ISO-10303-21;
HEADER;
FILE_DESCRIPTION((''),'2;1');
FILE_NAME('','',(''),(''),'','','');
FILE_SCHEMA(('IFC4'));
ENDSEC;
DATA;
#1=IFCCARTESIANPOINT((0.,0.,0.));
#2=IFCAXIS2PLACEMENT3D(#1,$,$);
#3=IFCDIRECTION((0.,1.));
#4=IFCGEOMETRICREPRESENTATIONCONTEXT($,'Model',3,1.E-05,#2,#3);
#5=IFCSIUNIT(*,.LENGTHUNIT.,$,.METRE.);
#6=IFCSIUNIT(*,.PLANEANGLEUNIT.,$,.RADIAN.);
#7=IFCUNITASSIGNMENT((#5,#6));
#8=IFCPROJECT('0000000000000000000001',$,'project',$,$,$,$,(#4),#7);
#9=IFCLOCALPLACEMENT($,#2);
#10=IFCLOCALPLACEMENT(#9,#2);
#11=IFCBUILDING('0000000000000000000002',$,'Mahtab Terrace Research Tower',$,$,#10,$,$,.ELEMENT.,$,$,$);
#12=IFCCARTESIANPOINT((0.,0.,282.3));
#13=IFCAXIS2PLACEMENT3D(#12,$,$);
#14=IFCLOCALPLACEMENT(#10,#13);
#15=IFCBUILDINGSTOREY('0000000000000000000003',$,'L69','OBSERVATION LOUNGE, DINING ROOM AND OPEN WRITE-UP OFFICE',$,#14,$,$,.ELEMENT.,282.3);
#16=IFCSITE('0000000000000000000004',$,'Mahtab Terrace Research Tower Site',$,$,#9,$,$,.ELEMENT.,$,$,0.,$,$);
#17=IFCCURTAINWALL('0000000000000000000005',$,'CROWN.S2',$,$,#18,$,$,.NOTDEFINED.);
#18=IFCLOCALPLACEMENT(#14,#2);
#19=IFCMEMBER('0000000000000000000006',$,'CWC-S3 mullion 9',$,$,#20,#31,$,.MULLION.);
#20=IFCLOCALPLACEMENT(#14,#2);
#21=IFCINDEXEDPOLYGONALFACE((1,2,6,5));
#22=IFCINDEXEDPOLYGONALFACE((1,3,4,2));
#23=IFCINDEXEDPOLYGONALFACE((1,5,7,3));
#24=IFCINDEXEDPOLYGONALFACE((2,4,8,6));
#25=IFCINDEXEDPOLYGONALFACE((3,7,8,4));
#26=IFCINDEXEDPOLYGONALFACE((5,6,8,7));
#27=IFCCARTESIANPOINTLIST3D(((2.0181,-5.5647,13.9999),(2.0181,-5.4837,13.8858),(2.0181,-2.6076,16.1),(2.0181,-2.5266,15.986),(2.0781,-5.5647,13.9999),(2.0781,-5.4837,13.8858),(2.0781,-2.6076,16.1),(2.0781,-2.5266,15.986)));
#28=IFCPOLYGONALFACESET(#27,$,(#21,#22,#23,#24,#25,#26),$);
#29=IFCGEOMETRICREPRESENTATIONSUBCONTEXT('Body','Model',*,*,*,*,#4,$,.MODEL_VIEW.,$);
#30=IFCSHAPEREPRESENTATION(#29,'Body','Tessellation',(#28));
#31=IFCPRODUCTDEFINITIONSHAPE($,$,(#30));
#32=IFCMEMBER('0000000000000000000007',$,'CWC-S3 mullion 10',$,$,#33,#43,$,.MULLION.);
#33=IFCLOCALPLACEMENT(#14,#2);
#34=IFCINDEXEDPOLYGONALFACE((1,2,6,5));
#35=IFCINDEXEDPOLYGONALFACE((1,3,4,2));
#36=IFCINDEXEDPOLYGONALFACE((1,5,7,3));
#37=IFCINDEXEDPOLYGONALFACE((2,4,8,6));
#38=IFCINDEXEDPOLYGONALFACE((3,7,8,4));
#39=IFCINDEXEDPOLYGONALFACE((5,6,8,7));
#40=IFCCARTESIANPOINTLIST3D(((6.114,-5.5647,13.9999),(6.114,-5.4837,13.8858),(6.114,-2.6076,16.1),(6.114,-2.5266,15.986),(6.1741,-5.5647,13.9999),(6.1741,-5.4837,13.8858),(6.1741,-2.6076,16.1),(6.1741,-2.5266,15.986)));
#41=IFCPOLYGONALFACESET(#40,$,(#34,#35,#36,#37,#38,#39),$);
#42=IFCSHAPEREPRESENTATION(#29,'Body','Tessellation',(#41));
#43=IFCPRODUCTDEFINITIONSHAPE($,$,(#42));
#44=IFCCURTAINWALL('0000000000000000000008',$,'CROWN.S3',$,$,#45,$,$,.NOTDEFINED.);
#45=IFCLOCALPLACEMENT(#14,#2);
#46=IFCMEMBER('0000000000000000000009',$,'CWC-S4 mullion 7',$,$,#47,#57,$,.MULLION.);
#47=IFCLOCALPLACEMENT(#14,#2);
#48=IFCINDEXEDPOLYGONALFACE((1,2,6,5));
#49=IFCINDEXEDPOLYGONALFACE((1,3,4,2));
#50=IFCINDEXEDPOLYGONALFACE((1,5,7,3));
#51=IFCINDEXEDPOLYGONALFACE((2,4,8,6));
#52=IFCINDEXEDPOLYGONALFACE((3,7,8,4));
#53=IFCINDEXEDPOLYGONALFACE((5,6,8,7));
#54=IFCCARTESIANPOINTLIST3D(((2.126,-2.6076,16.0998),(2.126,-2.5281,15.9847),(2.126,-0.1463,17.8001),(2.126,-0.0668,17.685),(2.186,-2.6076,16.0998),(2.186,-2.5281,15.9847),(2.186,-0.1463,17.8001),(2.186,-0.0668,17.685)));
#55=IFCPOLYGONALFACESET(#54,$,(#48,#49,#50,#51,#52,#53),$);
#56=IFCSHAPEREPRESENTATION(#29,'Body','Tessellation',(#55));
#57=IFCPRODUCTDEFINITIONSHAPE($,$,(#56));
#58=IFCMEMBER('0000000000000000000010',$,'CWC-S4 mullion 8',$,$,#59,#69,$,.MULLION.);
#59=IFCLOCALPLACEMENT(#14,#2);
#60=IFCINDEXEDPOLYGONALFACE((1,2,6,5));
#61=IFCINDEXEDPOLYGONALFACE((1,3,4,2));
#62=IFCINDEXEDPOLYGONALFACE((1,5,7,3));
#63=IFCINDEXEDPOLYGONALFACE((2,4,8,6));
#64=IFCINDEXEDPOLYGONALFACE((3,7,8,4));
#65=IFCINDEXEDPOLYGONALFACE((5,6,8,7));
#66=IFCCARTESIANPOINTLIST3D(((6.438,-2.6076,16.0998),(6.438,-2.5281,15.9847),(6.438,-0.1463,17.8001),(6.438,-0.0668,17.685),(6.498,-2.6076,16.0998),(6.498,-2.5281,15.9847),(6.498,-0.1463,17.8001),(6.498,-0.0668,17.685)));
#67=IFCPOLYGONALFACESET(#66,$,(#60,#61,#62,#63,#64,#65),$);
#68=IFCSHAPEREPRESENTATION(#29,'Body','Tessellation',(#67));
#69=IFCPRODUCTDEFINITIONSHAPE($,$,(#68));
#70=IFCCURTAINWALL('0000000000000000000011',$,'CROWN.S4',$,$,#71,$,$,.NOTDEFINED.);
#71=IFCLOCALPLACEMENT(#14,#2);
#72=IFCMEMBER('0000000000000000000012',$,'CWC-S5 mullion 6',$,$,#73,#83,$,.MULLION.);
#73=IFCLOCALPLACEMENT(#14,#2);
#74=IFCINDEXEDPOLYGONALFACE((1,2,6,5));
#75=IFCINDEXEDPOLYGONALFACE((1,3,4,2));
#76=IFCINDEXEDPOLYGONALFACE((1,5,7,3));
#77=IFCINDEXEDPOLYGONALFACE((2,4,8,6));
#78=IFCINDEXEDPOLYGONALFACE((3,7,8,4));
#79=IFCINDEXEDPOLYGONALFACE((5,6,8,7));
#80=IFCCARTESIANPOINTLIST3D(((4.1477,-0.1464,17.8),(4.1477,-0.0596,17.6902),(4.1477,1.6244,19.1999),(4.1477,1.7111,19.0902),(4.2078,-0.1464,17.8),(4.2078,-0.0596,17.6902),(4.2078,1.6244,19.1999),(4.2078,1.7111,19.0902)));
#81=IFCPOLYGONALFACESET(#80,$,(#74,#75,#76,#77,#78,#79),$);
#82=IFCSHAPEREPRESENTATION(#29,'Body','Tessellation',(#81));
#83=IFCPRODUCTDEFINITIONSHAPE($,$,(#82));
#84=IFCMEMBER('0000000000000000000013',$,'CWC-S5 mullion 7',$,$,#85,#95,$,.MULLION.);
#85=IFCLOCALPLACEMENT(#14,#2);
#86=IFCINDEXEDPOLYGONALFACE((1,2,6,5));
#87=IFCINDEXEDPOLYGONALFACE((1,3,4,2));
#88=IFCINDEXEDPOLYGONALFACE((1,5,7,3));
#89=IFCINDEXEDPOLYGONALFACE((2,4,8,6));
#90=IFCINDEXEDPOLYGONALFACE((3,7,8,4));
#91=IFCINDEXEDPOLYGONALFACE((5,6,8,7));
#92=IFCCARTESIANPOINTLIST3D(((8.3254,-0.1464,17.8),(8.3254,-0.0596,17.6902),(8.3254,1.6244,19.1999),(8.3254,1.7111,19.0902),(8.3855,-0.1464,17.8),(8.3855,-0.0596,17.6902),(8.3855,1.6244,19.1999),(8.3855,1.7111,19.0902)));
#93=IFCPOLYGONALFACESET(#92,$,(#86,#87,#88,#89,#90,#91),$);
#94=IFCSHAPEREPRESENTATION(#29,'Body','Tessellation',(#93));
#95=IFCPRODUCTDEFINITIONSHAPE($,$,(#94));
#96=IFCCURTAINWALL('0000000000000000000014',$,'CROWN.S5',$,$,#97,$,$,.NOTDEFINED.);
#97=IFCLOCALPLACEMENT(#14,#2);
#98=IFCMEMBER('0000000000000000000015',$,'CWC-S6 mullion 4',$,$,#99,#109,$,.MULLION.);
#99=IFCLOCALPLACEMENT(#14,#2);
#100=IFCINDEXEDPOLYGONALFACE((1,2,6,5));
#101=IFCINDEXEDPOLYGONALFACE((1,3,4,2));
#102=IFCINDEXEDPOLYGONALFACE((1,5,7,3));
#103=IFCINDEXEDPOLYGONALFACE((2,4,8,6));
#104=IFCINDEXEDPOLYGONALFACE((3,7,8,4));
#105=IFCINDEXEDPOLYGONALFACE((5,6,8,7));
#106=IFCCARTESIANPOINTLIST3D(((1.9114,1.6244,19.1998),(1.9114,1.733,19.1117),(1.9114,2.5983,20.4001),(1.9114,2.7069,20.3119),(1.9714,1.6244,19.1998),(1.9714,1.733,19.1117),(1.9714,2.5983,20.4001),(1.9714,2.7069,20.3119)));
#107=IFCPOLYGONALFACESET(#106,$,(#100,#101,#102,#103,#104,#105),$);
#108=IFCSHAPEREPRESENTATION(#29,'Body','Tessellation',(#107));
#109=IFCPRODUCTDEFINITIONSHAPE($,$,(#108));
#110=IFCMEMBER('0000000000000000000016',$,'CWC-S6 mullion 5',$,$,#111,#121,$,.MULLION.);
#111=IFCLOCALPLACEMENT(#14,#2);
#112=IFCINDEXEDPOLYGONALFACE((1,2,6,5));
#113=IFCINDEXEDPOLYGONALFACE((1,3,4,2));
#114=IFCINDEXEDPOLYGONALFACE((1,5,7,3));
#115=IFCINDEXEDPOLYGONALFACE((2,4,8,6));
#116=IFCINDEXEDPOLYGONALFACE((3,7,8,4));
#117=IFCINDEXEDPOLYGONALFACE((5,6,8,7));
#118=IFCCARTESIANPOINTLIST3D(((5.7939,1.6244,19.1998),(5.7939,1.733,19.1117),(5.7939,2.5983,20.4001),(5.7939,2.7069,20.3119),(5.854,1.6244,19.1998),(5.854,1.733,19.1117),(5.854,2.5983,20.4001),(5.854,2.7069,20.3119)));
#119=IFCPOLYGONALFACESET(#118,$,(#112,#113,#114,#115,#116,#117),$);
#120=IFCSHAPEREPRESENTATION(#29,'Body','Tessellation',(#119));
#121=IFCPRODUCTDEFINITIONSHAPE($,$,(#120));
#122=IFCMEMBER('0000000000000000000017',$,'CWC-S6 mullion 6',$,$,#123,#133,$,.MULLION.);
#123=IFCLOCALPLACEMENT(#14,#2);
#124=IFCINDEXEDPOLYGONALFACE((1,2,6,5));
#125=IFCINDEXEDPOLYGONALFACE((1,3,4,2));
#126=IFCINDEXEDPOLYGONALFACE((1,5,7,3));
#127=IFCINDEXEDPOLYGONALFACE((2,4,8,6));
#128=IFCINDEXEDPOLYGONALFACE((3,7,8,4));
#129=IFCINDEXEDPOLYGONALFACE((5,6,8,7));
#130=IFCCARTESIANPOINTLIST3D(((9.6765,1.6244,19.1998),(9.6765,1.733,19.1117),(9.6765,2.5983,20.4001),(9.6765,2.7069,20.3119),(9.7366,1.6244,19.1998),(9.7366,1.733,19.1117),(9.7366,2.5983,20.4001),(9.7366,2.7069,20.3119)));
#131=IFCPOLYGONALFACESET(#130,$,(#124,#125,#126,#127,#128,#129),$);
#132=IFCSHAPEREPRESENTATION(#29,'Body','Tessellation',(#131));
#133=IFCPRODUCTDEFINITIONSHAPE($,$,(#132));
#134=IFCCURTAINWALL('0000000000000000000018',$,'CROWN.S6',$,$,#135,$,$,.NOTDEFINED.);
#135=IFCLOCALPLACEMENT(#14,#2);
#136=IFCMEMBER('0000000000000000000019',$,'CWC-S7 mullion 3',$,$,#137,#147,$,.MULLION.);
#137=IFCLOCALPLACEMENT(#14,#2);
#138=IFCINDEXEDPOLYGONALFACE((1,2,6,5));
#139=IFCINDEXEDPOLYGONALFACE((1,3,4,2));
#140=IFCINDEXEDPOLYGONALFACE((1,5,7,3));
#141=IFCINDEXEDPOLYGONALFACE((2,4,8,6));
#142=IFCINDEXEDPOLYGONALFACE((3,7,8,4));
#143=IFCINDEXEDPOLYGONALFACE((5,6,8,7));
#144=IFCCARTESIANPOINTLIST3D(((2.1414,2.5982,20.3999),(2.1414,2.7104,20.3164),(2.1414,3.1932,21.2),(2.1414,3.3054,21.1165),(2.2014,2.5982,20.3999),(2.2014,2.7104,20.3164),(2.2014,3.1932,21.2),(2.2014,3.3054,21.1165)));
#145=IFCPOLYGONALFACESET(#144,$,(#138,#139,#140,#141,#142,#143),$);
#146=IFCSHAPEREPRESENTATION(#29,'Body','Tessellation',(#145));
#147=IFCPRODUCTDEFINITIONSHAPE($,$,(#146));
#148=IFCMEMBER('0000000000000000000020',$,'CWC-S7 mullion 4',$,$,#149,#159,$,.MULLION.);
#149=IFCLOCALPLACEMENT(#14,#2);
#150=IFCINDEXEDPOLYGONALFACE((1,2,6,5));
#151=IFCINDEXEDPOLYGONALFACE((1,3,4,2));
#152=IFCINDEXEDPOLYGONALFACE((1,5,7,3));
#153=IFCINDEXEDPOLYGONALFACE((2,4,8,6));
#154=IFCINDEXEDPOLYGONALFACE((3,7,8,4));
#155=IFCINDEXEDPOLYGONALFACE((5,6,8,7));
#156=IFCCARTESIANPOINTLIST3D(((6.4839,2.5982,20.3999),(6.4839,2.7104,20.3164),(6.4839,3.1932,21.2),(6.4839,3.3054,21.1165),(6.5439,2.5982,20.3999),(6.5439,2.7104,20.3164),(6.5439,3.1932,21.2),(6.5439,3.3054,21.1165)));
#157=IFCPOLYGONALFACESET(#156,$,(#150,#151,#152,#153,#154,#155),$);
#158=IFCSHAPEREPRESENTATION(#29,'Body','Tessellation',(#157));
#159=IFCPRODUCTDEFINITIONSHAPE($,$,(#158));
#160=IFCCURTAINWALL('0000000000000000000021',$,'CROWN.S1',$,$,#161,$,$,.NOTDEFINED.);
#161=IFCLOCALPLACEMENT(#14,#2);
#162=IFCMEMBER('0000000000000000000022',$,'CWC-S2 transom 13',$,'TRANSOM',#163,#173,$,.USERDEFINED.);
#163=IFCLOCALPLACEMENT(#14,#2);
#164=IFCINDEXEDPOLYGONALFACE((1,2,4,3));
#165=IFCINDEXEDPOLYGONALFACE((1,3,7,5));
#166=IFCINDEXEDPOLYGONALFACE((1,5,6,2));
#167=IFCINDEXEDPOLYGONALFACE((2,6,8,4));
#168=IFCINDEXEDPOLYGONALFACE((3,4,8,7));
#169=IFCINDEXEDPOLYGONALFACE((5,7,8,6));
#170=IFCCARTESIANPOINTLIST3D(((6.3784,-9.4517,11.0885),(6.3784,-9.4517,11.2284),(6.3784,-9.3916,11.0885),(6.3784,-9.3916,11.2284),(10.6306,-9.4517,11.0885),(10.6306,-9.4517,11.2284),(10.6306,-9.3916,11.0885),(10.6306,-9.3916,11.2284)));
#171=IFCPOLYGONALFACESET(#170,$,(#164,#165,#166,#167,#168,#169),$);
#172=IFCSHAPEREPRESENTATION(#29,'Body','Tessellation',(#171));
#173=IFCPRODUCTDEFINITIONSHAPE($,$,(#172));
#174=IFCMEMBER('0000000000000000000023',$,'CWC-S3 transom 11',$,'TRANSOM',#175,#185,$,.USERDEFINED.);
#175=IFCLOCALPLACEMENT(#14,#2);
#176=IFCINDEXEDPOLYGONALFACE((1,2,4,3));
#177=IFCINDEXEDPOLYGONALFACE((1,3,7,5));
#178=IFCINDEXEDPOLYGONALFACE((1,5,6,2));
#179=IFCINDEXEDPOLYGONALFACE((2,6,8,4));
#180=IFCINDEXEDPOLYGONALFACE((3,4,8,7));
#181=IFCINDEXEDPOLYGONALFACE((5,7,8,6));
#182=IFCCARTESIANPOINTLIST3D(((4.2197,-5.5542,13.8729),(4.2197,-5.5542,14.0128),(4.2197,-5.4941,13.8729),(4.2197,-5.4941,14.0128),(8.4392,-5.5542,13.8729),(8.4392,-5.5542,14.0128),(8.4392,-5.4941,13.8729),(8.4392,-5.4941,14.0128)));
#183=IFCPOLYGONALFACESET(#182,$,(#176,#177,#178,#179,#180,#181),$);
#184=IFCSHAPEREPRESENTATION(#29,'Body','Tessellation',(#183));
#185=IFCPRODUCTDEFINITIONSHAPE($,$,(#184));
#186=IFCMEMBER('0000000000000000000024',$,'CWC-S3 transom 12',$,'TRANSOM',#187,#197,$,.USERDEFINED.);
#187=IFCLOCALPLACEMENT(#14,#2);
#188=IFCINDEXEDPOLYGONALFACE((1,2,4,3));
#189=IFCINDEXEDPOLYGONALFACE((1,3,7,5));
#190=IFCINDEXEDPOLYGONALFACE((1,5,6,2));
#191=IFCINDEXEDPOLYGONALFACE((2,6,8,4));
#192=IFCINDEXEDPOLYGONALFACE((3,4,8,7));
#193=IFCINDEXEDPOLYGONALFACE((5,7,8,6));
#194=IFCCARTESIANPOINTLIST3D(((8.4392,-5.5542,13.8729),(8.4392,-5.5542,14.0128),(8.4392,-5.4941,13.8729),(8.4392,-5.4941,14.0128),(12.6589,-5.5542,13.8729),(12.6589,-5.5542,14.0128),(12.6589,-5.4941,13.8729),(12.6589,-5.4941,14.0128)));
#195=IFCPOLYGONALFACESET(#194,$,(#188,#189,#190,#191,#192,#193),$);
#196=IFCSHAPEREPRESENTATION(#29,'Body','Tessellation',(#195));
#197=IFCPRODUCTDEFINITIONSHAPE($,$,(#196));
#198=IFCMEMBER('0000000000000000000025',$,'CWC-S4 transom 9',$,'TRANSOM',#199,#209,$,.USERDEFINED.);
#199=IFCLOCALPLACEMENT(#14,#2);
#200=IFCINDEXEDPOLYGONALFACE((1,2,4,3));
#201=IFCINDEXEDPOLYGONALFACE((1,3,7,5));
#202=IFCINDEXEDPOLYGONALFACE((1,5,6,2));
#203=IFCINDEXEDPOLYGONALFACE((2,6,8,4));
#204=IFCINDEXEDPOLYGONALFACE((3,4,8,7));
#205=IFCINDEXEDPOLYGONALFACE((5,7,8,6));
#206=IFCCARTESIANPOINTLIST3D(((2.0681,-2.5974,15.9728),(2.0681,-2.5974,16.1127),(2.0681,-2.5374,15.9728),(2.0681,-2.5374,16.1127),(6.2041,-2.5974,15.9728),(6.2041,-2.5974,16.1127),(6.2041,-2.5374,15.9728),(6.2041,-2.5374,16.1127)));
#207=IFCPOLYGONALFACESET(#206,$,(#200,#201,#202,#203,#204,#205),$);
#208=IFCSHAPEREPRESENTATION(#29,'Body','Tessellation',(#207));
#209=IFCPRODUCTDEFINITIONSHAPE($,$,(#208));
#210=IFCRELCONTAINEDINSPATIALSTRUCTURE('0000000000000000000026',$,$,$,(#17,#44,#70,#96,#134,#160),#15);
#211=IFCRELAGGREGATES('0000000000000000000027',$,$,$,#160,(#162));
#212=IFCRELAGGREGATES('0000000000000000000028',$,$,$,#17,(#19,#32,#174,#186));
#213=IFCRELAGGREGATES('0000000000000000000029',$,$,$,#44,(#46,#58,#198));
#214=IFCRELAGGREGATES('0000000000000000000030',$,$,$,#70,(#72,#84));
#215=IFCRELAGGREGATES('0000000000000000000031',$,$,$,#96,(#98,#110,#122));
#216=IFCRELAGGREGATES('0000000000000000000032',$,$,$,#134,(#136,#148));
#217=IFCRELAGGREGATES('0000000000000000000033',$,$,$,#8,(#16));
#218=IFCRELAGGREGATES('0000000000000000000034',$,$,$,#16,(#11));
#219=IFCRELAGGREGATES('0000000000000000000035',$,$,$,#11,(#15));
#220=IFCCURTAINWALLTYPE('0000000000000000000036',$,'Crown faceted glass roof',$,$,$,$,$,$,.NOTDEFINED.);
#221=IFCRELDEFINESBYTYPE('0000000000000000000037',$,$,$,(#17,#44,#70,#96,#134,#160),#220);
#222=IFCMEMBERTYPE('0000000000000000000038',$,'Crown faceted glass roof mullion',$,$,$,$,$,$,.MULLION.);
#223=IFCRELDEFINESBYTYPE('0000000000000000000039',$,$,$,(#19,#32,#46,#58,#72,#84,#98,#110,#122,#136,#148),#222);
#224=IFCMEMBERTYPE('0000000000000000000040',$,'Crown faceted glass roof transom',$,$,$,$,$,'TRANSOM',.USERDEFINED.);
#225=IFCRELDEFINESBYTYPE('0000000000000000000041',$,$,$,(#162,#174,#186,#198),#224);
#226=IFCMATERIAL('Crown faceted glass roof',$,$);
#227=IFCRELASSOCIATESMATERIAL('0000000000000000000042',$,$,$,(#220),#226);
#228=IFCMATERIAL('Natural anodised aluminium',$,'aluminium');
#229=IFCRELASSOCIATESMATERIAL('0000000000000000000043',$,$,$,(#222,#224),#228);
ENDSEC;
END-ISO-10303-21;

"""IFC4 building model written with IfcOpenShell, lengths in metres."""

from ifc_helpers import new_model, si_unit, direction, frame, origin, origin_2d, place, context, subcontext, project, spatial, rectangle, extrude, material, material_profile, profile_set, type_object, element, aggregate, save


model = new_model("IFC4")

# Units and contexts
model_context = context("Model", 3, precision=1e-05, world=origin(), true_north=direction((0.0, 1.0)))
body_context = subcontext(model_context, "Body", "Model", "MODEL_VIEW")
ifc_project = project(units=[si_unit("LENGTHUNIT", "METRE"), si_unit("PLANEANGLEUNIT", "RADIAN")], contexts=[model_context])

# Site, building, storey
site_placement = place(None, origin())
site = spatial("IfcSite", under=ifc_project, at=site_placement, Name="Mahtab Terrace Research Tower Site", CompositionType="ELEMENT", RefElevation=0.0)
building_placement = place(site_placement, origin())
building = spatial("IfcBuilding", under=site, at=building_placement, Name="Mahtab Terrace Research Tower", CompositionType="ELEMENT")
storey_placement = place(building_placement, frame((0.0, 0.0, 282.3)))
storey = spatial("IfcBuildingStorey", under=building, at=storey_placement, Name="L69", Description="OBSERVATION LOUNGE, DINING ROOM AND OPEN WRITE-UP OFFICE", CompositionType="ELEMENT", Elevation=282.3)

# Curtain walls, members
ifc_material_1 = material(Name="Crown faceted glass roof")
curtain_wall_type = type_object("IfcCurtainWallType", Name="Crown faceted glass roof", PredefinedType="NOTDEFINED", material=ifc_material_1)
curtain_wall_1_placement = place(storey_placement, origin())
curtain_wall_1 = element("IfcCurtainWall", 1, at=curtain_wall_1_placement, inside=storey, type_object=curtain_wall_type, Name="CROWN.S2", PredefinedType="NOTDEFINED")
ifc_material_2 = material(Name="Natural anodised aluminium", Category="aluminium")
ifc_material_profile_1 = material_profile(ifc_material_2, rectangle(XDim=0.0601, YDim=0.1399, at=origin_2d()), Name="MULLION 60x140")
ifc_profile_set_1 = profile_set([ifc_material_profile_1], Name="Natural anodised aluminium")
member_type_1 = type_object("IfcMemberType", Name="Crown faceted glass roof mullion", PredefinedType="MULLION", material=ifc_profile_set_1)
member_1_placement = place(storey_placement, frame((2.0481, -5.5242, 13.9429), z_axis=(0.0, 0.815304, 0.579033), x_axis=(-1.0, 0.0, 0.0)))
member_1 = element("IfcMember", 2, at=member_1_placement, type_object=member_type_1, Name="CWC-S3 mullion 9", PredefinedType="MULLION", context=body_context, shape_type="SweptSolid", body=[
    extrude(rectangle(XDim=0.0601, YDim=0.1399, at=origin_2d()), origin(), (0.0, 0.0, 1.0), 3.627),
])
member_2_placement = place(storey_placement, frame((6.144, -5.5242, 13.9429), z_axis=(0.0, 0.815304, 0.579033), x_axis=(-1.0, 0.0, 0.0)))
member_2 = element("IfcMember", 3, at=member_2_placement, type_object=member_type_1, Name="CWC-S3 mullion 10", PredefinedType="MULLION", context=body_context, shape_type="SweptSolid", body=[
    extrude(rectangle(XDim=0.0601, YDim=0.1399, at=origin_2d()), origin(), (0.0, 0.0, 1.0), 3.627),
])
curtain_wall_2_placement = place(storey_placement, origin())
curtain_wall_2 = element("IfcCurtainWall", 4, at=curtain_wall_2_placement, inside=storey, type_object=curtain_wall_type, Name="CROWN.S3", PredefinedType="NOTDEFINED")
member_3_placement = place(storey_placement, frame((2.156, -2.5679, 16.0422), z_axis=(0.0, 0.822771, 0.568374), x_axis=(-1.0, 0.0, 0.0)))
member_3 = element("IfcMember", 5, at=member_3_placement, type_object=member_type_1, Name="CWC-S4 mullion 7", PredefinedType="MULLION", context=body_context, shape_type="SweptSolid", body=[
    extrude(rectangle(XDim=0.0601, YDim=0.1399, at=origin_2d()), origin(), (0.0, 0.0, 1.0), 2.9915),
])
member_4_placement = place(storey_placement, frame((6.468, -2.5679, 16.0422), z_axis=(0.0, 0.822771, 0.568374), x_axis=(-1.0, 0.0, 0.0)))
member_4 = element("IfcMember", 6, at=member_4_placement, type_object=member_type_1, Name="CWC-S4 mullion 8", PredefinedType="MULLION", context=body_context, shape_type="SweptSolid", body=[
    extrude(rectangle(XDim=0.0601, YDim=0.1399, at=origin_2d()), origin(), (0.0, 0.0, 1.0), 2.9915),
])
curtain_wall_3_placement = place(storey_placement, origin())
curtain_wall_3 = element("IfcCurtainWall", 7, at=curtain_wall_3_placement, inside=storey, type_object=curtain_wall_type, Name="CROWN.S4", PredefinedType="NOTDEFINED")
member_5_placement = place(storey_placement, frame((4.1777, -0.103, 17.7451), z_axis=(0.0, 0.784465, 0.620174), x_axis=(-1.0, 0.0, 0.0)))
member_5 = element("IfcMember", 8, at=member_5_placement, type_object=member_type_1, Name="CWC-S5 mullion 6", PredefinedType="MULLION", context=body_context, shape_type="SweptSolid", body=[
    extrude(rectangle(XDim=0.0601, YDim=0.1399, at=origin_2d()), origin(), (0.0, 0.0, 1.0), 2.2573),
])
member_6_placement = place(storey_placement, frame((8.3555, -0.103, 17.7451), z_axis=(0.0, 0.784465, 0.620174), x_axis=(-1.0, 0.0, 0.0)))
member_6 = element("IfcMember", 9, at=member_6_placement, type_object=member_type_1, Name="CWC-S5 mullion 7", PredefinedType="MULLION", context=body_context, shape_type="SweptSolid", body=[
    extrude(rectangle(XDim=0.0601, YDim=0.1399, at=origin_2d()), origin(), (0.0, 0.0, 1.0), 2.2573),
])
curtain_wall_4_placement = place(storey_placement, origin())
curtain_wall_4 = element("IfcCurtainWall", 10, at=curtain_wall_4_placement, inside=storey, type_object=curtain_wall_type, Name="CROWN.S5", PredefinedType="NOTDEFINED")
member_7_placement = place(storey_placement, frame((1.9414, 1.6787, 19.1558), z_axis=(0.0, 0.630093, 0.77652), x_axis=(-1.0, 0.0, 0.0)))
member_7 = element("IfcMember", 11, at=member_7_placement, type_object=member_type_1, Name="CWC-S6 mullion 4", PredefinedType="MULLION", context=body_context, shape_type="SweptSolid", body=[
    extrude(rectangle(XDim=0.0601, YDim=0.1399, at=origin_2d()), origin(), (0.0, 0.0, 1.0), 1.5457),
])
member_8_placement = place(storey_placement, frame((5.824, 1.6787, 19.1558), z_axis=(0.0, 0.630093, 0.77652), x_axis=(-1.0, 0.0, 0.0)))
member_8 = element("IfcMember", 12, at=member_8_placement, type_object=member_type_1, Name="CWC-S6 mullion 5", PredefinedType="MULLION", context=body_context, shape_type="SweptSolid", body=[
    extrude(rectangle(XDim=0.0601, YDim=0.1399, at=origin_2d()), origin(), (0.0, 0.0, 1.0), 1.5457),
])
member_9_placement = place(storey_placement, frame((9.7065, 1.6787, 19.1558), z_axis=(0.0, 0.630093, 0.77652), x_axis=(-1.0, 0.0, 0.0)))
member_9 = element("IfcMember", 13, at=member_9_placement, type_object=member_type_1, Name="CWC-S6 mullion 6", PredefinedType="MULLION", context=body_context, shape_type="SweptSolid", body=[
    extrude(rectangle(XDim=0.0601, YDim=0.1399, at=origin_2d()), origin(), (0.0, 0.0, 1.0), 1.5457),
])
curtain_wall_5_placement = place(storey_placement, origin())
curtain_wall_5 = element("IfcCurtainWall", 14, at=curtain_wall_5_placement, inside=storey, type_object=curtain_wall_type, Name="CROWN.S6", PredefinedType="NOTDEFINED")
member_10_placement = place(storey_placement, frame((2.1714, 2.6543, 20.3582), z_axis=(0.0, 0.596743, 0.802432), x_axis=(-1.0, 0.0, 0.0)))
member_10 = element("IfcMember", 15, at=member_10_placement, type_object=member_type_1, Name="CWC-S7 mullion 3", PredefinedType="MULLION", context=body_context, shape_type="SweptSolid", body=[
    extrude(rectangle(XDim=0.0601, YDim=0.1399, at=origin_2d()), origin(), (0.0, 0.0, 1.0), 0.9971),
])
member_11_placement = place(storey_placement, frame((6.5139, 2.6543, 20.3582), z_axis=(0.0, 0.596743, 0.802432), x_axis=(-1.0, 0.0, 0.0)))
member_11 = element("IfcMember", 16, at=member_11_placement, type_object=member_type_1, Name="CWC-S7 mullion 4", PredefinedType="MULLION", context=body_context, shape_type="SweptSolid", body=[
    extrude(rectangle(XDim=0.0601, YDim=0.1399, at=origin_2d()), origin(), (0.0, 0.0, 1.0), 0.9971),
])

# Curtain wall, member
curtain_wall_6_placement = place(storey_placement, origin())
curtain_wall_6 = element("IfcCurtainWall", 17, at=curtain_wall_6_placement, inside=storey, type_object=curtain_wall_type, Name="CROWN.S1", PredefinedType="NOTDEFINED")
ifc_material_profile_2 = material_profile(ifc_material_2, rectangle(XDim=0.0601, YDim=0.1399, at=origin_2d()), Name="TRANSOM 60x140")
ifc_profile_set_2 = profile_set([ifc_material_profile_2], Name="Natural anodised aluminium")
member_type_2 = type_object("IfcMemberType", Name="Crown faceted glass roof transom", ElementType="TRANSOM", PredefinedType="USERDEFINED", material=ifc_profile_set_2)
member_12_placement = place(storey_placement, frame((6.3784, -9.4216, 11.1584), z_axis=(1.0, 0.0, 0.0), x_axis=(0.0, 1.0, 0.0)))
member_12 = element("IfcMember", 18, at=member_12_placement, type_object=member_type_2, Name="CWC-S2 transom 13", ObjectType="TRANSOM", PredefinedType="USERDEFINED", context=body_context, shape_type="SweptSolid", body=[
    extrude(rectangle(XDim=0.0601, YDim=0.1399, at=origin_2d()), origin(), (0.0, 0.0, 1.0), 4.2522),
])

# Members
member_13_placement = place(storey_placement, frame((4.2197, -5.5242, 13.9429), z_axis=(1.0, 0.0, 0.0), x_axis=(0.0, 1.0, 0.0)))
member_13 = element("IfcMember", 19, at=member_13_placement, type_object=member_type_2, Name="CWC-S3 transom 11", ObjectType="TRANSOM", PredefinedType="USERDEFINED", context=body_context, shape_type="SweptSolid", body=[
    extrude(rectangle(XDim=0.0601, YDim=0.1399, at=origin_2d()), origin(), (0.0, 0.0, 1.0), 4.2195),
])
member_14_placement = place(storey_placement, frame((8.4392, -5.5242, 13.9429), z_axis=(1.0, 0.0, 0.0), x_axis=(0.0, 1.0, 0.0)))
member_14 = element("IfcMember", 20, at=member_14_placement, type_object=member_type_2, Name="CWC-S3 transom 12", ObjectType="TRANSOM", PredefinedType="USERDEFINED", context=body_context, shape_type="SweptSolid", body=[
    extrude(rectangle(XDim=0.0601, YDim=0.1399, at=origin_2d()), origin(), (0.0, 0.0, 1.0), 4.2197),
])
member_15_placement = place(storey_placement, frame((2.0681, -2.5674, 16.0427), z_axis=(1.0, 0.0, 0.0), x_axis=(0.0, 1.0, 0.0)))
member_15 = element("IfcMember", 21, at=member_15_placement, type_object=member_type_2, Name="CWC-S4 transom 9", ObjectType="TRANSOM", PredefinedType="USERDEFINED", context=body_context, shape_type="SweptSolid", body=[
    extrude(rectangle(XDim=0.0601, YDim=0.1399, at=origin_2d()), origin(), (0.0, 0.0, 1.0), 4.136),
])

aggregate(curtain_wall_6, [member_12])
aggregate(curtain_wall_1, [member_1, member_2, member_13, member_14])
aggregate(curtain_wall_2, [member_3, member_4, member_15])
aggregate(curtain_wall_3, [member_5, member_6])
aggregate(curtain_wall_4, [member_7, member_8, member_9])
aggregate(curtain_wall_5, [member_10, member_11])

save(model, "model.ifc")
